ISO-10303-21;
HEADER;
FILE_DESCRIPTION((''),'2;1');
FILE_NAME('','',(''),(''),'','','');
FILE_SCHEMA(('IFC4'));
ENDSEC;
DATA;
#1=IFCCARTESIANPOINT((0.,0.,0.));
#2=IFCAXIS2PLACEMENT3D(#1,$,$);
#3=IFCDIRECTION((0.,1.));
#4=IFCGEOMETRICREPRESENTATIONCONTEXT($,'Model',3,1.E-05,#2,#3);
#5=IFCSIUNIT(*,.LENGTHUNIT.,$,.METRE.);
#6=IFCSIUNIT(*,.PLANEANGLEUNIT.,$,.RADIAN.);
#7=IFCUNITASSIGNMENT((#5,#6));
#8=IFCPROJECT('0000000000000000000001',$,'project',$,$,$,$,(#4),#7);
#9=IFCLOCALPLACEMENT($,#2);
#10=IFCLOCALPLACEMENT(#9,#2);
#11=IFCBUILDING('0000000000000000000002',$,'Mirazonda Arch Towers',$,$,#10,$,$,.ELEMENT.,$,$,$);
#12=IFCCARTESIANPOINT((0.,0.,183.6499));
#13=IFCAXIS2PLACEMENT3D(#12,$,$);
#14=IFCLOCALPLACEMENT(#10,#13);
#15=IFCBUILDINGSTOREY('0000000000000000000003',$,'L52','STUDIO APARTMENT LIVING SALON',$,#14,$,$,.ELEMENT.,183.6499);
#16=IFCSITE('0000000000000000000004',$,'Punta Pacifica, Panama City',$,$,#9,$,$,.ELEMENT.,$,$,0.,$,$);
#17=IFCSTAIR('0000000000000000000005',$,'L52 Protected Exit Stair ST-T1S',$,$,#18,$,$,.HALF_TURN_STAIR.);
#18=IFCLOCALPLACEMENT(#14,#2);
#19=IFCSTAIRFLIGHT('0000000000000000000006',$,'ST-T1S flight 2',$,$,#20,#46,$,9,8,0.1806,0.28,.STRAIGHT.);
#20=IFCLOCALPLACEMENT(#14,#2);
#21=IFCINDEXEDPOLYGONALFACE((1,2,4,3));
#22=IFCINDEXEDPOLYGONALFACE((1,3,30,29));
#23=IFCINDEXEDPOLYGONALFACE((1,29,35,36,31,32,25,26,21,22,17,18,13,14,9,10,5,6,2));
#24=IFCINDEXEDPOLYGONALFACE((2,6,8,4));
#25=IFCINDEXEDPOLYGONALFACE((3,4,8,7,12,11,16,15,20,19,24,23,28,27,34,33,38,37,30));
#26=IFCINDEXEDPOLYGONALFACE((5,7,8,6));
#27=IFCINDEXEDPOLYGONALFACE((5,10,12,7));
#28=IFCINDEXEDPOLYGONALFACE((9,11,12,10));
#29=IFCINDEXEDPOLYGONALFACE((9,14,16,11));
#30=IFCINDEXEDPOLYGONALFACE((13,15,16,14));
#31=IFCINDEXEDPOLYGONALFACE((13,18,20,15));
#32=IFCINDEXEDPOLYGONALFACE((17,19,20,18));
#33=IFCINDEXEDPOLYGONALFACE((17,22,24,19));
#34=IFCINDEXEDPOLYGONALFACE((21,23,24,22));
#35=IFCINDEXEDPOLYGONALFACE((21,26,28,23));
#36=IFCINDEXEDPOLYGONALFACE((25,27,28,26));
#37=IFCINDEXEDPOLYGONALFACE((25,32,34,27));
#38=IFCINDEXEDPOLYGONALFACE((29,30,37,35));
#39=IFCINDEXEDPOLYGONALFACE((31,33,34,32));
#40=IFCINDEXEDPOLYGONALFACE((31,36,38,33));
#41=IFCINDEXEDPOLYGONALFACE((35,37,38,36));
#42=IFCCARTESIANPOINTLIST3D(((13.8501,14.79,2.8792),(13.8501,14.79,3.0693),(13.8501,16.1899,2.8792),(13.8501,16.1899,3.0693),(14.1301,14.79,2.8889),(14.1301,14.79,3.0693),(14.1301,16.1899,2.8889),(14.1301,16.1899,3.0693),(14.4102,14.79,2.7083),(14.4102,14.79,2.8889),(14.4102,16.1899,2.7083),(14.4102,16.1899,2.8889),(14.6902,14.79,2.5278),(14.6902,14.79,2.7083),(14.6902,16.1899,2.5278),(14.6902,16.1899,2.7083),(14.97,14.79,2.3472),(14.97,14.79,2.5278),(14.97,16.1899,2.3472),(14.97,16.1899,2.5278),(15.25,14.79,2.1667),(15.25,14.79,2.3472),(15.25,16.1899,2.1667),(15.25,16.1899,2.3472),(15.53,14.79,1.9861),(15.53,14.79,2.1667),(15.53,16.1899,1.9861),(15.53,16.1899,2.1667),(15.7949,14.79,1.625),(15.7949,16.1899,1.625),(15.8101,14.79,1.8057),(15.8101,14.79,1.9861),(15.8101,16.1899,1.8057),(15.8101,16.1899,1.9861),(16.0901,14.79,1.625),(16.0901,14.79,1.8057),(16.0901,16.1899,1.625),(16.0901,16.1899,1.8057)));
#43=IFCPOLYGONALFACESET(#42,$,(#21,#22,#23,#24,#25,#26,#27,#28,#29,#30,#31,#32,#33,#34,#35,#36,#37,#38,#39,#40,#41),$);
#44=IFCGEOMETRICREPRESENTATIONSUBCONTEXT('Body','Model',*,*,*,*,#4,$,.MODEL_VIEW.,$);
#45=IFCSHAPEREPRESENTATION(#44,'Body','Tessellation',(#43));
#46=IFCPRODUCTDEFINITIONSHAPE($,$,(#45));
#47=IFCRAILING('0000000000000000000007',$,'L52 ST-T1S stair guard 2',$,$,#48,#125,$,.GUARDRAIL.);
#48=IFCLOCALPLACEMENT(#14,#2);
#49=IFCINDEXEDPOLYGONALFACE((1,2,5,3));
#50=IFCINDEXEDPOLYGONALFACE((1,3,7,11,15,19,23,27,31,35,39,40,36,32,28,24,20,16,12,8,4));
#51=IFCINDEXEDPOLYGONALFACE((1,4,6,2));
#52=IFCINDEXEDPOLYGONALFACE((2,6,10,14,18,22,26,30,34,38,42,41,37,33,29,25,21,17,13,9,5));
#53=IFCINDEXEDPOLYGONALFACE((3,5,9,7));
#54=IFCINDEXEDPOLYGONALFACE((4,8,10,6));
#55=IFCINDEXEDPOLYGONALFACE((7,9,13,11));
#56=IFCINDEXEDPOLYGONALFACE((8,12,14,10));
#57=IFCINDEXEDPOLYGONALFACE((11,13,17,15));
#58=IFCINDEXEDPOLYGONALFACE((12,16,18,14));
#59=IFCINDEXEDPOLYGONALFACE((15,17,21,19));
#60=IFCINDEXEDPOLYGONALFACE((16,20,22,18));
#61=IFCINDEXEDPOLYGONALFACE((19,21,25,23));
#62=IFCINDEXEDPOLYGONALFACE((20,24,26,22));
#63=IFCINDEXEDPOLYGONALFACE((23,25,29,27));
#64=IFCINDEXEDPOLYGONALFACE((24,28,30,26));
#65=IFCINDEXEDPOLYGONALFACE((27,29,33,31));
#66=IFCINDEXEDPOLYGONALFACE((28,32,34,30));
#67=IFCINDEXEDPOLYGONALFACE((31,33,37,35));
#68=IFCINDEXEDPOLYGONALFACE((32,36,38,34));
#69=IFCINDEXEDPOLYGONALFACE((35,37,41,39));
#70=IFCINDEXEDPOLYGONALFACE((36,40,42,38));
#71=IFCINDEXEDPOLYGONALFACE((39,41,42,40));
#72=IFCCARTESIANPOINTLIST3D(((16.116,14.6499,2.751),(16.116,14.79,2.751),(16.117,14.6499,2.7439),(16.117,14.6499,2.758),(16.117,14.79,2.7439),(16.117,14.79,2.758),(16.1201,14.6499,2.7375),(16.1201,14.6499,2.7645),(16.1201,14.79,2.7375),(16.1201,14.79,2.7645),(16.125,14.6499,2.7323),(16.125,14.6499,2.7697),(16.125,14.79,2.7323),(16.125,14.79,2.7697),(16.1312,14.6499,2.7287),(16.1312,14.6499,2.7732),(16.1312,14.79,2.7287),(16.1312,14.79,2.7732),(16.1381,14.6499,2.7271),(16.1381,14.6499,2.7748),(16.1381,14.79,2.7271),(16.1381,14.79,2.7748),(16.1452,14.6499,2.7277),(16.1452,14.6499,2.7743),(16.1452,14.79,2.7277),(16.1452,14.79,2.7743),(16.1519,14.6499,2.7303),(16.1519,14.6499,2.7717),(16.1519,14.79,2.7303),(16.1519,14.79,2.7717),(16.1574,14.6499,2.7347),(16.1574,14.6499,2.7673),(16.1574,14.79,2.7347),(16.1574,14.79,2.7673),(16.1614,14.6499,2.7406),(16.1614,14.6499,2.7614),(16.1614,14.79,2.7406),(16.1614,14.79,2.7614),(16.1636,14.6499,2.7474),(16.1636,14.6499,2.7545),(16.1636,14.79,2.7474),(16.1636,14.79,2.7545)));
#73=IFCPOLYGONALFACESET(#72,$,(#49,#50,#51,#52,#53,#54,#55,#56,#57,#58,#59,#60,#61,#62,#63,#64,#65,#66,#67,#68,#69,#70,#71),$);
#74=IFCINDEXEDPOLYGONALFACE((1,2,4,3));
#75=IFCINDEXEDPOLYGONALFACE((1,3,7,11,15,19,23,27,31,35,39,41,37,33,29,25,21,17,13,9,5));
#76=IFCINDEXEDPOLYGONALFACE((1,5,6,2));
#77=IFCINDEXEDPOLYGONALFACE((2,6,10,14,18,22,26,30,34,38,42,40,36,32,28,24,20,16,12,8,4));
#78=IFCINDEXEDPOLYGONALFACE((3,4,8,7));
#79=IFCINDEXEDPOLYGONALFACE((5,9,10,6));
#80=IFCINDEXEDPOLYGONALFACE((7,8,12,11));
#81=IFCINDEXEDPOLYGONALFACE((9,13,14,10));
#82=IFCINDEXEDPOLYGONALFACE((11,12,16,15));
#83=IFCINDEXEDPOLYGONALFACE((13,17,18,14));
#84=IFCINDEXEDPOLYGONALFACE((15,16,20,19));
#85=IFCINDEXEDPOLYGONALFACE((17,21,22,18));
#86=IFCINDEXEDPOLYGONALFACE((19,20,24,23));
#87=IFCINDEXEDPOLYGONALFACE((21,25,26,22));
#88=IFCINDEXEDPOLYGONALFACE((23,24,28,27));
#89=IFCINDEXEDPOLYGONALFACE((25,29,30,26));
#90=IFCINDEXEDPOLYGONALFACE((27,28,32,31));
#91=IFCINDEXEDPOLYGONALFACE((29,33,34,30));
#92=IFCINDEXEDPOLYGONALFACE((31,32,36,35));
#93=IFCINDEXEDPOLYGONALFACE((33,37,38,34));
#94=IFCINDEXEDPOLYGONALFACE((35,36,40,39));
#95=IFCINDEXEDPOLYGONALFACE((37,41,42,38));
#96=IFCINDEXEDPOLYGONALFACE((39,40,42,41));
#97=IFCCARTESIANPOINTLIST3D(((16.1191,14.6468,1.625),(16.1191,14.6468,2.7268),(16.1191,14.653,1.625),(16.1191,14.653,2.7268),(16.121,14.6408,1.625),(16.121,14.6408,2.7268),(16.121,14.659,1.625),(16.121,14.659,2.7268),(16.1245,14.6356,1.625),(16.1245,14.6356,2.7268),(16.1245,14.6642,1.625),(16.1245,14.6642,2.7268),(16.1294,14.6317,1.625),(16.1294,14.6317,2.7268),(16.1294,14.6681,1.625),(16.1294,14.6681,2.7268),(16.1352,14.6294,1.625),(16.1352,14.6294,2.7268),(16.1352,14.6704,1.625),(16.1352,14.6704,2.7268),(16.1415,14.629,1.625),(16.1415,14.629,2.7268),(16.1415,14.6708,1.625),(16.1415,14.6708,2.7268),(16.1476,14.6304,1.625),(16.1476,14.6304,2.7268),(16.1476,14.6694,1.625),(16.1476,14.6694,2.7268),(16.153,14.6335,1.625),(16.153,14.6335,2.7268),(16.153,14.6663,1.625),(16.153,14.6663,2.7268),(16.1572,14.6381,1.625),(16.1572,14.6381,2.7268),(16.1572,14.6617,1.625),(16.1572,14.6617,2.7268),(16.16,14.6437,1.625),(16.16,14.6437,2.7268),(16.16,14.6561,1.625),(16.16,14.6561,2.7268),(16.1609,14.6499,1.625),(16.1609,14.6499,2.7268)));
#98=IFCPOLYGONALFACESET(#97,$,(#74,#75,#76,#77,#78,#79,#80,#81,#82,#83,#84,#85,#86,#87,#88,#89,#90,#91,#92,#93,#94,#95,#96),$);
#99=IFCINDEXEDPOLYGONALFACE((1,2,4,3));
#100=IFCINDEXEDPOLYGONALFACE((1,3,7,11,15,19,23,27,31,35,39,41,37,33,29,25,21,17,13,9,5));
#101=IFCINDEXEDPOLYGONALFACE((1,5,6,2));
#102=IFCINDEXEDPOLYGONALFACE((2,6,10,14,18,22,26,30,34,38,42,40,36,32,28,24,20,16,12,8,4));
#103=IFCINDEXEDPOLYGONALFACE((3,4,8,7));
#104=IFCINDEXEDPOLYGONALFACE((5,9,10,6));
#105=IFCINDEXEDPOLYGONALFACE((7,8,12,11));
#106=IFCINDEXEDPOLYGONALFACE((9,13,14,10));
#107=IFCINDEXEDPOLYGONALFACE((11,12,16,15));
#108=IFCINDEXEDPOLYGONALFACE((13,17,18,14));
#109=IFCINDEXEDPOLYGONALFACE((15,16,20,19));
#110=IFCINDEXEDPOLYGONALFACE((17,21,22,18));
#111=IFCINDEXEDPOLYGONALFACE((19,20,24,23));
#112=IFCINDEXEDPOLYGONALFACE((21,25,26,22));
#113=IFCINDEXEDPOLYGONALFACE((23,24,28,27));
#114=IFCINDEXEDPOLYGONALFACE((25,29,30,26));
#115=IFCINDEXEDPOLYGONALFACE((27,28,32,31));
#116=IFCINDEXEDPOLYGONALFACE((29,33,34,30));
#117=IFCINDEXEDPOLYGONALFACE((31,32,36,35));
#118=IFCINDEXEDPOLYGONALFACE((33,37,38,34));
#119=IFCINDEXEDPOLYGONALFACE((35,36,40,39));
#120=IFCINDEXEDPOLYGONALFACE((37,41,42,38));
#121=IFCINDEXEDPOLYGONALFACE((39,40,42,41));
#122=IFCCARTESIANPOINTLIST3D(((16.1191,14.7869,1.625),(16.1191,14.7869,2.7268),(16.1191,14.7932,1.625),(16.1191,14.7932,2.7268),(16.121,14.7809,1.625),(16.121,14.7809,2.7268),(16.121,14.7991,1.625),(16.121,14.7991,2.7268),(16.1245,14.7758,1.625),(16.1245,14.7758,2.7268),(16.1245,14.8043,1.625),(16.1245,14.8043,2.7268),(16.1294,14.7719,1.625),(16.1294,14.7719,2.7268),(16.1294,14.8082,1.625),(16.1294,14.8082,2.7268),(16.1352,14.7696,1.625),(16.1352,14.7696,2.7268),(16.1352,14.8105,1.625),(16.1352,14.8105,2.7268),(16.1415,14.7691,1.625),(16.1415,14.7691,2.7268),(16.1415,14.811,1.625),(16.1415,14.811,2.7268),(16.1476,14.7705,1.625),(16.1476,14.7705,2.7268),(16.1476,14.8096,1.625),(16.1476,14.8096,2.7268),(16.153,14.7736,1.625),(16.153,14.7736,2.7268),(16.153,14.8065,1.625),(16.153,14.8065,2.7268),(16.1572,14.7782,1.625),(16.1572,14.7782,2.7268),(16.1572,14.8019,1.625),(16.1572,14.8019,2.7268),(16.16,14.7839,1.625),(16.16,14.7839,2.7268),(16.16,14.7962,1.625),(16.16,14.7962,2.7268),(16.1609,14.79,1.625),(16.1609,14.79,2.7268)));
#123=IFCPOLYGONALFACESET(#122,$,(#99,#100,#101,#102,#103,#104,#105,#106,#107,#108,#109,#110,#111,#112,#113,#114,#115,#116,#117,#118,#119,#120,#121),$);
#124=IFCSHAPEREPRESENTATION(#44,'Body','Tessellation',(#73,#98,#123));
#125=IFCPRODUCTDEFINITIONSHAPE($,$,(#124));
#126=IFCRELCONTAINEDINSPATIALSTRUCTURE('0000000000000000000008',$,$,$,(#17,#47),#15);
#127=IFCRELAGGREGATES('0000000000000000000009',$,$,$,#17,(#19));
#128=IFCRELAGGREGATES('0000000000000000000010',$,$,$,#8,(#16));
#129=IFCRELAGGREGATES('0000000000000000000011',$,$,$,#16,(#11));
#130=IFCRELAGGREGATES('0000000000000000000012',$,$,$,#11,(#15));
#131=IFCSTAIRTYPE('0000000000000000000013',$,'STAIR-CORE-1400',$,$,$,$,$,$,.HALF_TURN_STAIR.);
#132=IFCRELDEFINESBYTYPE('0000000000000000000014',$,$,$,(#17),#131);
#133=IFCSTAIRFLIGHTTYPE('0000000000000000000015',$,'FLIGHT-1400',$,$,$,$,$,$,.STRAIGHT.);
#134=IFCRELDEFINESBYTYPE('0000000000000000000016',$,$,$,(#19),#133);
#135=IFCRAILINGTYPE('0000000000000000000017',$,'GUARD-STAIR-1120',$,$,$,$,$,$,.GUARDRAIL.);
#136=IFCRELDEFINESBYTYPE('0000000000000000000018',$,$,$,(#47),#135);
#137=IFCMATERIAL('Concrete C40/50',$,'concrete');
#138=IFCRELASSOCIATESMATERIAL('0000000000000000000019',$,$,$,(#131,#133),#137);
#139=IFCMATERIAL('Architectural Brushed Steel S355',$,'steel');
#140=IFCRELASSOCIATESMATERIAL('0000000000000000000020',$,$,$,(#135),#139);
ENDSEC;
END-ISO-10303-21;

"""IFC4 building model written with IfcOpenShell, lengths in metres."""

from ifc_helpers import new_model, si_unit, direction, frame, origin, origin_2d, place, context, subcontext, project, spatial, polyline, circle, outline, extrude, material, type_object, element, aggregate, save


model = new_model("IFC4")

# Units and contexts
model_context = context("Model", 3, precision=1e-05, world=origin(), true_north=direction((0.0, 1.0)))
body_context = subcontext(model_context, "Body", "Model", "MODEL_VIEW")
ifc_project = project(units=[si_unit("LENGTHUNIT", "METRE"), si_unit("PLANEANGLEUNIT", "RADIAN")], contexts=[model_context])

# Site, building, storey
site_placement = place(None, origin())
site = spatial("IfcSite", under=ifc_project, at=site_placement, Name="Punta Pacifica, Panama City", CompositionType="ELEMENT", RefElevation=0.0)
building_placement = place(site_placement, origin())
building = spatial("IfcBuilding", under=site, at=building_placement, Name="Mirazonda Arch Towers", CompositionType="ELEMENT")
storey_placement = place(building_placement, frame((0.0, 0.0, 183.6499)))
storey = spatial("IfcBuildingStorey", under=building, at=storey_placement, Name="L52", Description="STUDIO APARTMENT LIVING SALON", CompositionType="ELEMENT", Elevation=183.6499)

# Shared definitions
ifc_material_1 = material(Name="Concrete C40/50", Category="concrete")

# Shared definitions
ifc_material_2 = material(Name="Architectural Brushed Steel S355", Category="steel")

# Stair, stair flight
stair_type = type_object("IfcStairType", Name="STAIR-CORE-1400", PredefinedType="HALF_TURN_STAIR", material=ifc_material_1)
stair_placement = place(storey_placement, origin())
stair = element("IfcStair", 1, at=stair_placement, inside=storey, type_object=stair_type, Name="L52 Protected Exit Stair ST-T1S", PredefinedType="HALF_TURN_STAIR")
stair_flight_type = type_object("IfcStairFlightType", Name="FLIGHT-1400", PredefinedType="STRAIGHT", material=ifc_material_1)
stair_flight_placement = place(storey_placement, frame((16.0901, 15.49, 1.625), z_axis=(0.0, 0.0, 1.0), x_axis=(-1.0, 0.0, 0.0)))
stair_flight = element("IfcStairFlight", 2, at=stair_flight_placement, type_object=stair_flight_type, Name="ST-T1S flight 2", NumberOfRisers=9, NumberOfTreads=8, PredefinedType="STRAIGHT", RiserHeight=0.1806, TreadLength=0.28, context=body_context, shape_type="SweptSolid", body=[
    extrude(outline(polyline([(0.0, 0.0), (0.0, 0.1807), (0.28, 0.1807), (0.28, 0.3611), (0.5601, 0.3611), (0.5601, 0.5417), (0.8401, 0.5417), (0.8401, 0.7222), (1.1201, 0.7222), (1.1201, 0.9028), (1.3999, 0.9028), (1.3999, 1.0833), (1.6799, 1.0833), (1.6799, 1.2639), (1.96, 1.2639), (1.96, 1.4443), (2.24, 1.4443), (2.24, 1.625), (2.24, 1.2542), (0.2952, 0.0), (0.0, 0.0)])), frame((0.0, 0.7, 0.0), z_axis=(0.0, -1.0, 0.0), x_axis=(1.0, 0.0, 0.0)), (0.0, 0.0, 1.0), 1.3999),
])
aggregate(stair, [stair_flight])

# Railing
railing_type_1 = type_object("IfcRailingType", Name="GUARD-STAIR-1120", PredefinedType="GUARDRAIL", material=ifc_material_2)
railing_1_placement = place(storey_placement, frame((16.1399, 14.6499, 1.625)))
element("IfcRailing", 3, at=railing_1_placement, inside=storey, type_object=railing_type_1, Name="L52 ST-T1S stair guard 2", PredefinedType="GUARDRAIL", context=body_context, shape_type="SweptSolid", body=[
    extrude(circle(Radius=0.0239, at=origin_2d()), frame((0.0, 0.0, 1.126), z_axis=(0.0, 1.0, 0.0), x_axis=(-1.0, 0.0, 0.0)), (0.0, 0.0, 1.0), 0.1401),
    extrude(circle(Radius=0.021, at=origin_2d()), origin(), (0.0, 0.0, 1.0), 1.1018),
    extrude(circle(Radius=0.021, at=origin_2d()), frame((0.0, 0.1401, 0.0)), (0.0, 0.0, 1.0), 1.1018),
])

save(model, "model.ifc")
